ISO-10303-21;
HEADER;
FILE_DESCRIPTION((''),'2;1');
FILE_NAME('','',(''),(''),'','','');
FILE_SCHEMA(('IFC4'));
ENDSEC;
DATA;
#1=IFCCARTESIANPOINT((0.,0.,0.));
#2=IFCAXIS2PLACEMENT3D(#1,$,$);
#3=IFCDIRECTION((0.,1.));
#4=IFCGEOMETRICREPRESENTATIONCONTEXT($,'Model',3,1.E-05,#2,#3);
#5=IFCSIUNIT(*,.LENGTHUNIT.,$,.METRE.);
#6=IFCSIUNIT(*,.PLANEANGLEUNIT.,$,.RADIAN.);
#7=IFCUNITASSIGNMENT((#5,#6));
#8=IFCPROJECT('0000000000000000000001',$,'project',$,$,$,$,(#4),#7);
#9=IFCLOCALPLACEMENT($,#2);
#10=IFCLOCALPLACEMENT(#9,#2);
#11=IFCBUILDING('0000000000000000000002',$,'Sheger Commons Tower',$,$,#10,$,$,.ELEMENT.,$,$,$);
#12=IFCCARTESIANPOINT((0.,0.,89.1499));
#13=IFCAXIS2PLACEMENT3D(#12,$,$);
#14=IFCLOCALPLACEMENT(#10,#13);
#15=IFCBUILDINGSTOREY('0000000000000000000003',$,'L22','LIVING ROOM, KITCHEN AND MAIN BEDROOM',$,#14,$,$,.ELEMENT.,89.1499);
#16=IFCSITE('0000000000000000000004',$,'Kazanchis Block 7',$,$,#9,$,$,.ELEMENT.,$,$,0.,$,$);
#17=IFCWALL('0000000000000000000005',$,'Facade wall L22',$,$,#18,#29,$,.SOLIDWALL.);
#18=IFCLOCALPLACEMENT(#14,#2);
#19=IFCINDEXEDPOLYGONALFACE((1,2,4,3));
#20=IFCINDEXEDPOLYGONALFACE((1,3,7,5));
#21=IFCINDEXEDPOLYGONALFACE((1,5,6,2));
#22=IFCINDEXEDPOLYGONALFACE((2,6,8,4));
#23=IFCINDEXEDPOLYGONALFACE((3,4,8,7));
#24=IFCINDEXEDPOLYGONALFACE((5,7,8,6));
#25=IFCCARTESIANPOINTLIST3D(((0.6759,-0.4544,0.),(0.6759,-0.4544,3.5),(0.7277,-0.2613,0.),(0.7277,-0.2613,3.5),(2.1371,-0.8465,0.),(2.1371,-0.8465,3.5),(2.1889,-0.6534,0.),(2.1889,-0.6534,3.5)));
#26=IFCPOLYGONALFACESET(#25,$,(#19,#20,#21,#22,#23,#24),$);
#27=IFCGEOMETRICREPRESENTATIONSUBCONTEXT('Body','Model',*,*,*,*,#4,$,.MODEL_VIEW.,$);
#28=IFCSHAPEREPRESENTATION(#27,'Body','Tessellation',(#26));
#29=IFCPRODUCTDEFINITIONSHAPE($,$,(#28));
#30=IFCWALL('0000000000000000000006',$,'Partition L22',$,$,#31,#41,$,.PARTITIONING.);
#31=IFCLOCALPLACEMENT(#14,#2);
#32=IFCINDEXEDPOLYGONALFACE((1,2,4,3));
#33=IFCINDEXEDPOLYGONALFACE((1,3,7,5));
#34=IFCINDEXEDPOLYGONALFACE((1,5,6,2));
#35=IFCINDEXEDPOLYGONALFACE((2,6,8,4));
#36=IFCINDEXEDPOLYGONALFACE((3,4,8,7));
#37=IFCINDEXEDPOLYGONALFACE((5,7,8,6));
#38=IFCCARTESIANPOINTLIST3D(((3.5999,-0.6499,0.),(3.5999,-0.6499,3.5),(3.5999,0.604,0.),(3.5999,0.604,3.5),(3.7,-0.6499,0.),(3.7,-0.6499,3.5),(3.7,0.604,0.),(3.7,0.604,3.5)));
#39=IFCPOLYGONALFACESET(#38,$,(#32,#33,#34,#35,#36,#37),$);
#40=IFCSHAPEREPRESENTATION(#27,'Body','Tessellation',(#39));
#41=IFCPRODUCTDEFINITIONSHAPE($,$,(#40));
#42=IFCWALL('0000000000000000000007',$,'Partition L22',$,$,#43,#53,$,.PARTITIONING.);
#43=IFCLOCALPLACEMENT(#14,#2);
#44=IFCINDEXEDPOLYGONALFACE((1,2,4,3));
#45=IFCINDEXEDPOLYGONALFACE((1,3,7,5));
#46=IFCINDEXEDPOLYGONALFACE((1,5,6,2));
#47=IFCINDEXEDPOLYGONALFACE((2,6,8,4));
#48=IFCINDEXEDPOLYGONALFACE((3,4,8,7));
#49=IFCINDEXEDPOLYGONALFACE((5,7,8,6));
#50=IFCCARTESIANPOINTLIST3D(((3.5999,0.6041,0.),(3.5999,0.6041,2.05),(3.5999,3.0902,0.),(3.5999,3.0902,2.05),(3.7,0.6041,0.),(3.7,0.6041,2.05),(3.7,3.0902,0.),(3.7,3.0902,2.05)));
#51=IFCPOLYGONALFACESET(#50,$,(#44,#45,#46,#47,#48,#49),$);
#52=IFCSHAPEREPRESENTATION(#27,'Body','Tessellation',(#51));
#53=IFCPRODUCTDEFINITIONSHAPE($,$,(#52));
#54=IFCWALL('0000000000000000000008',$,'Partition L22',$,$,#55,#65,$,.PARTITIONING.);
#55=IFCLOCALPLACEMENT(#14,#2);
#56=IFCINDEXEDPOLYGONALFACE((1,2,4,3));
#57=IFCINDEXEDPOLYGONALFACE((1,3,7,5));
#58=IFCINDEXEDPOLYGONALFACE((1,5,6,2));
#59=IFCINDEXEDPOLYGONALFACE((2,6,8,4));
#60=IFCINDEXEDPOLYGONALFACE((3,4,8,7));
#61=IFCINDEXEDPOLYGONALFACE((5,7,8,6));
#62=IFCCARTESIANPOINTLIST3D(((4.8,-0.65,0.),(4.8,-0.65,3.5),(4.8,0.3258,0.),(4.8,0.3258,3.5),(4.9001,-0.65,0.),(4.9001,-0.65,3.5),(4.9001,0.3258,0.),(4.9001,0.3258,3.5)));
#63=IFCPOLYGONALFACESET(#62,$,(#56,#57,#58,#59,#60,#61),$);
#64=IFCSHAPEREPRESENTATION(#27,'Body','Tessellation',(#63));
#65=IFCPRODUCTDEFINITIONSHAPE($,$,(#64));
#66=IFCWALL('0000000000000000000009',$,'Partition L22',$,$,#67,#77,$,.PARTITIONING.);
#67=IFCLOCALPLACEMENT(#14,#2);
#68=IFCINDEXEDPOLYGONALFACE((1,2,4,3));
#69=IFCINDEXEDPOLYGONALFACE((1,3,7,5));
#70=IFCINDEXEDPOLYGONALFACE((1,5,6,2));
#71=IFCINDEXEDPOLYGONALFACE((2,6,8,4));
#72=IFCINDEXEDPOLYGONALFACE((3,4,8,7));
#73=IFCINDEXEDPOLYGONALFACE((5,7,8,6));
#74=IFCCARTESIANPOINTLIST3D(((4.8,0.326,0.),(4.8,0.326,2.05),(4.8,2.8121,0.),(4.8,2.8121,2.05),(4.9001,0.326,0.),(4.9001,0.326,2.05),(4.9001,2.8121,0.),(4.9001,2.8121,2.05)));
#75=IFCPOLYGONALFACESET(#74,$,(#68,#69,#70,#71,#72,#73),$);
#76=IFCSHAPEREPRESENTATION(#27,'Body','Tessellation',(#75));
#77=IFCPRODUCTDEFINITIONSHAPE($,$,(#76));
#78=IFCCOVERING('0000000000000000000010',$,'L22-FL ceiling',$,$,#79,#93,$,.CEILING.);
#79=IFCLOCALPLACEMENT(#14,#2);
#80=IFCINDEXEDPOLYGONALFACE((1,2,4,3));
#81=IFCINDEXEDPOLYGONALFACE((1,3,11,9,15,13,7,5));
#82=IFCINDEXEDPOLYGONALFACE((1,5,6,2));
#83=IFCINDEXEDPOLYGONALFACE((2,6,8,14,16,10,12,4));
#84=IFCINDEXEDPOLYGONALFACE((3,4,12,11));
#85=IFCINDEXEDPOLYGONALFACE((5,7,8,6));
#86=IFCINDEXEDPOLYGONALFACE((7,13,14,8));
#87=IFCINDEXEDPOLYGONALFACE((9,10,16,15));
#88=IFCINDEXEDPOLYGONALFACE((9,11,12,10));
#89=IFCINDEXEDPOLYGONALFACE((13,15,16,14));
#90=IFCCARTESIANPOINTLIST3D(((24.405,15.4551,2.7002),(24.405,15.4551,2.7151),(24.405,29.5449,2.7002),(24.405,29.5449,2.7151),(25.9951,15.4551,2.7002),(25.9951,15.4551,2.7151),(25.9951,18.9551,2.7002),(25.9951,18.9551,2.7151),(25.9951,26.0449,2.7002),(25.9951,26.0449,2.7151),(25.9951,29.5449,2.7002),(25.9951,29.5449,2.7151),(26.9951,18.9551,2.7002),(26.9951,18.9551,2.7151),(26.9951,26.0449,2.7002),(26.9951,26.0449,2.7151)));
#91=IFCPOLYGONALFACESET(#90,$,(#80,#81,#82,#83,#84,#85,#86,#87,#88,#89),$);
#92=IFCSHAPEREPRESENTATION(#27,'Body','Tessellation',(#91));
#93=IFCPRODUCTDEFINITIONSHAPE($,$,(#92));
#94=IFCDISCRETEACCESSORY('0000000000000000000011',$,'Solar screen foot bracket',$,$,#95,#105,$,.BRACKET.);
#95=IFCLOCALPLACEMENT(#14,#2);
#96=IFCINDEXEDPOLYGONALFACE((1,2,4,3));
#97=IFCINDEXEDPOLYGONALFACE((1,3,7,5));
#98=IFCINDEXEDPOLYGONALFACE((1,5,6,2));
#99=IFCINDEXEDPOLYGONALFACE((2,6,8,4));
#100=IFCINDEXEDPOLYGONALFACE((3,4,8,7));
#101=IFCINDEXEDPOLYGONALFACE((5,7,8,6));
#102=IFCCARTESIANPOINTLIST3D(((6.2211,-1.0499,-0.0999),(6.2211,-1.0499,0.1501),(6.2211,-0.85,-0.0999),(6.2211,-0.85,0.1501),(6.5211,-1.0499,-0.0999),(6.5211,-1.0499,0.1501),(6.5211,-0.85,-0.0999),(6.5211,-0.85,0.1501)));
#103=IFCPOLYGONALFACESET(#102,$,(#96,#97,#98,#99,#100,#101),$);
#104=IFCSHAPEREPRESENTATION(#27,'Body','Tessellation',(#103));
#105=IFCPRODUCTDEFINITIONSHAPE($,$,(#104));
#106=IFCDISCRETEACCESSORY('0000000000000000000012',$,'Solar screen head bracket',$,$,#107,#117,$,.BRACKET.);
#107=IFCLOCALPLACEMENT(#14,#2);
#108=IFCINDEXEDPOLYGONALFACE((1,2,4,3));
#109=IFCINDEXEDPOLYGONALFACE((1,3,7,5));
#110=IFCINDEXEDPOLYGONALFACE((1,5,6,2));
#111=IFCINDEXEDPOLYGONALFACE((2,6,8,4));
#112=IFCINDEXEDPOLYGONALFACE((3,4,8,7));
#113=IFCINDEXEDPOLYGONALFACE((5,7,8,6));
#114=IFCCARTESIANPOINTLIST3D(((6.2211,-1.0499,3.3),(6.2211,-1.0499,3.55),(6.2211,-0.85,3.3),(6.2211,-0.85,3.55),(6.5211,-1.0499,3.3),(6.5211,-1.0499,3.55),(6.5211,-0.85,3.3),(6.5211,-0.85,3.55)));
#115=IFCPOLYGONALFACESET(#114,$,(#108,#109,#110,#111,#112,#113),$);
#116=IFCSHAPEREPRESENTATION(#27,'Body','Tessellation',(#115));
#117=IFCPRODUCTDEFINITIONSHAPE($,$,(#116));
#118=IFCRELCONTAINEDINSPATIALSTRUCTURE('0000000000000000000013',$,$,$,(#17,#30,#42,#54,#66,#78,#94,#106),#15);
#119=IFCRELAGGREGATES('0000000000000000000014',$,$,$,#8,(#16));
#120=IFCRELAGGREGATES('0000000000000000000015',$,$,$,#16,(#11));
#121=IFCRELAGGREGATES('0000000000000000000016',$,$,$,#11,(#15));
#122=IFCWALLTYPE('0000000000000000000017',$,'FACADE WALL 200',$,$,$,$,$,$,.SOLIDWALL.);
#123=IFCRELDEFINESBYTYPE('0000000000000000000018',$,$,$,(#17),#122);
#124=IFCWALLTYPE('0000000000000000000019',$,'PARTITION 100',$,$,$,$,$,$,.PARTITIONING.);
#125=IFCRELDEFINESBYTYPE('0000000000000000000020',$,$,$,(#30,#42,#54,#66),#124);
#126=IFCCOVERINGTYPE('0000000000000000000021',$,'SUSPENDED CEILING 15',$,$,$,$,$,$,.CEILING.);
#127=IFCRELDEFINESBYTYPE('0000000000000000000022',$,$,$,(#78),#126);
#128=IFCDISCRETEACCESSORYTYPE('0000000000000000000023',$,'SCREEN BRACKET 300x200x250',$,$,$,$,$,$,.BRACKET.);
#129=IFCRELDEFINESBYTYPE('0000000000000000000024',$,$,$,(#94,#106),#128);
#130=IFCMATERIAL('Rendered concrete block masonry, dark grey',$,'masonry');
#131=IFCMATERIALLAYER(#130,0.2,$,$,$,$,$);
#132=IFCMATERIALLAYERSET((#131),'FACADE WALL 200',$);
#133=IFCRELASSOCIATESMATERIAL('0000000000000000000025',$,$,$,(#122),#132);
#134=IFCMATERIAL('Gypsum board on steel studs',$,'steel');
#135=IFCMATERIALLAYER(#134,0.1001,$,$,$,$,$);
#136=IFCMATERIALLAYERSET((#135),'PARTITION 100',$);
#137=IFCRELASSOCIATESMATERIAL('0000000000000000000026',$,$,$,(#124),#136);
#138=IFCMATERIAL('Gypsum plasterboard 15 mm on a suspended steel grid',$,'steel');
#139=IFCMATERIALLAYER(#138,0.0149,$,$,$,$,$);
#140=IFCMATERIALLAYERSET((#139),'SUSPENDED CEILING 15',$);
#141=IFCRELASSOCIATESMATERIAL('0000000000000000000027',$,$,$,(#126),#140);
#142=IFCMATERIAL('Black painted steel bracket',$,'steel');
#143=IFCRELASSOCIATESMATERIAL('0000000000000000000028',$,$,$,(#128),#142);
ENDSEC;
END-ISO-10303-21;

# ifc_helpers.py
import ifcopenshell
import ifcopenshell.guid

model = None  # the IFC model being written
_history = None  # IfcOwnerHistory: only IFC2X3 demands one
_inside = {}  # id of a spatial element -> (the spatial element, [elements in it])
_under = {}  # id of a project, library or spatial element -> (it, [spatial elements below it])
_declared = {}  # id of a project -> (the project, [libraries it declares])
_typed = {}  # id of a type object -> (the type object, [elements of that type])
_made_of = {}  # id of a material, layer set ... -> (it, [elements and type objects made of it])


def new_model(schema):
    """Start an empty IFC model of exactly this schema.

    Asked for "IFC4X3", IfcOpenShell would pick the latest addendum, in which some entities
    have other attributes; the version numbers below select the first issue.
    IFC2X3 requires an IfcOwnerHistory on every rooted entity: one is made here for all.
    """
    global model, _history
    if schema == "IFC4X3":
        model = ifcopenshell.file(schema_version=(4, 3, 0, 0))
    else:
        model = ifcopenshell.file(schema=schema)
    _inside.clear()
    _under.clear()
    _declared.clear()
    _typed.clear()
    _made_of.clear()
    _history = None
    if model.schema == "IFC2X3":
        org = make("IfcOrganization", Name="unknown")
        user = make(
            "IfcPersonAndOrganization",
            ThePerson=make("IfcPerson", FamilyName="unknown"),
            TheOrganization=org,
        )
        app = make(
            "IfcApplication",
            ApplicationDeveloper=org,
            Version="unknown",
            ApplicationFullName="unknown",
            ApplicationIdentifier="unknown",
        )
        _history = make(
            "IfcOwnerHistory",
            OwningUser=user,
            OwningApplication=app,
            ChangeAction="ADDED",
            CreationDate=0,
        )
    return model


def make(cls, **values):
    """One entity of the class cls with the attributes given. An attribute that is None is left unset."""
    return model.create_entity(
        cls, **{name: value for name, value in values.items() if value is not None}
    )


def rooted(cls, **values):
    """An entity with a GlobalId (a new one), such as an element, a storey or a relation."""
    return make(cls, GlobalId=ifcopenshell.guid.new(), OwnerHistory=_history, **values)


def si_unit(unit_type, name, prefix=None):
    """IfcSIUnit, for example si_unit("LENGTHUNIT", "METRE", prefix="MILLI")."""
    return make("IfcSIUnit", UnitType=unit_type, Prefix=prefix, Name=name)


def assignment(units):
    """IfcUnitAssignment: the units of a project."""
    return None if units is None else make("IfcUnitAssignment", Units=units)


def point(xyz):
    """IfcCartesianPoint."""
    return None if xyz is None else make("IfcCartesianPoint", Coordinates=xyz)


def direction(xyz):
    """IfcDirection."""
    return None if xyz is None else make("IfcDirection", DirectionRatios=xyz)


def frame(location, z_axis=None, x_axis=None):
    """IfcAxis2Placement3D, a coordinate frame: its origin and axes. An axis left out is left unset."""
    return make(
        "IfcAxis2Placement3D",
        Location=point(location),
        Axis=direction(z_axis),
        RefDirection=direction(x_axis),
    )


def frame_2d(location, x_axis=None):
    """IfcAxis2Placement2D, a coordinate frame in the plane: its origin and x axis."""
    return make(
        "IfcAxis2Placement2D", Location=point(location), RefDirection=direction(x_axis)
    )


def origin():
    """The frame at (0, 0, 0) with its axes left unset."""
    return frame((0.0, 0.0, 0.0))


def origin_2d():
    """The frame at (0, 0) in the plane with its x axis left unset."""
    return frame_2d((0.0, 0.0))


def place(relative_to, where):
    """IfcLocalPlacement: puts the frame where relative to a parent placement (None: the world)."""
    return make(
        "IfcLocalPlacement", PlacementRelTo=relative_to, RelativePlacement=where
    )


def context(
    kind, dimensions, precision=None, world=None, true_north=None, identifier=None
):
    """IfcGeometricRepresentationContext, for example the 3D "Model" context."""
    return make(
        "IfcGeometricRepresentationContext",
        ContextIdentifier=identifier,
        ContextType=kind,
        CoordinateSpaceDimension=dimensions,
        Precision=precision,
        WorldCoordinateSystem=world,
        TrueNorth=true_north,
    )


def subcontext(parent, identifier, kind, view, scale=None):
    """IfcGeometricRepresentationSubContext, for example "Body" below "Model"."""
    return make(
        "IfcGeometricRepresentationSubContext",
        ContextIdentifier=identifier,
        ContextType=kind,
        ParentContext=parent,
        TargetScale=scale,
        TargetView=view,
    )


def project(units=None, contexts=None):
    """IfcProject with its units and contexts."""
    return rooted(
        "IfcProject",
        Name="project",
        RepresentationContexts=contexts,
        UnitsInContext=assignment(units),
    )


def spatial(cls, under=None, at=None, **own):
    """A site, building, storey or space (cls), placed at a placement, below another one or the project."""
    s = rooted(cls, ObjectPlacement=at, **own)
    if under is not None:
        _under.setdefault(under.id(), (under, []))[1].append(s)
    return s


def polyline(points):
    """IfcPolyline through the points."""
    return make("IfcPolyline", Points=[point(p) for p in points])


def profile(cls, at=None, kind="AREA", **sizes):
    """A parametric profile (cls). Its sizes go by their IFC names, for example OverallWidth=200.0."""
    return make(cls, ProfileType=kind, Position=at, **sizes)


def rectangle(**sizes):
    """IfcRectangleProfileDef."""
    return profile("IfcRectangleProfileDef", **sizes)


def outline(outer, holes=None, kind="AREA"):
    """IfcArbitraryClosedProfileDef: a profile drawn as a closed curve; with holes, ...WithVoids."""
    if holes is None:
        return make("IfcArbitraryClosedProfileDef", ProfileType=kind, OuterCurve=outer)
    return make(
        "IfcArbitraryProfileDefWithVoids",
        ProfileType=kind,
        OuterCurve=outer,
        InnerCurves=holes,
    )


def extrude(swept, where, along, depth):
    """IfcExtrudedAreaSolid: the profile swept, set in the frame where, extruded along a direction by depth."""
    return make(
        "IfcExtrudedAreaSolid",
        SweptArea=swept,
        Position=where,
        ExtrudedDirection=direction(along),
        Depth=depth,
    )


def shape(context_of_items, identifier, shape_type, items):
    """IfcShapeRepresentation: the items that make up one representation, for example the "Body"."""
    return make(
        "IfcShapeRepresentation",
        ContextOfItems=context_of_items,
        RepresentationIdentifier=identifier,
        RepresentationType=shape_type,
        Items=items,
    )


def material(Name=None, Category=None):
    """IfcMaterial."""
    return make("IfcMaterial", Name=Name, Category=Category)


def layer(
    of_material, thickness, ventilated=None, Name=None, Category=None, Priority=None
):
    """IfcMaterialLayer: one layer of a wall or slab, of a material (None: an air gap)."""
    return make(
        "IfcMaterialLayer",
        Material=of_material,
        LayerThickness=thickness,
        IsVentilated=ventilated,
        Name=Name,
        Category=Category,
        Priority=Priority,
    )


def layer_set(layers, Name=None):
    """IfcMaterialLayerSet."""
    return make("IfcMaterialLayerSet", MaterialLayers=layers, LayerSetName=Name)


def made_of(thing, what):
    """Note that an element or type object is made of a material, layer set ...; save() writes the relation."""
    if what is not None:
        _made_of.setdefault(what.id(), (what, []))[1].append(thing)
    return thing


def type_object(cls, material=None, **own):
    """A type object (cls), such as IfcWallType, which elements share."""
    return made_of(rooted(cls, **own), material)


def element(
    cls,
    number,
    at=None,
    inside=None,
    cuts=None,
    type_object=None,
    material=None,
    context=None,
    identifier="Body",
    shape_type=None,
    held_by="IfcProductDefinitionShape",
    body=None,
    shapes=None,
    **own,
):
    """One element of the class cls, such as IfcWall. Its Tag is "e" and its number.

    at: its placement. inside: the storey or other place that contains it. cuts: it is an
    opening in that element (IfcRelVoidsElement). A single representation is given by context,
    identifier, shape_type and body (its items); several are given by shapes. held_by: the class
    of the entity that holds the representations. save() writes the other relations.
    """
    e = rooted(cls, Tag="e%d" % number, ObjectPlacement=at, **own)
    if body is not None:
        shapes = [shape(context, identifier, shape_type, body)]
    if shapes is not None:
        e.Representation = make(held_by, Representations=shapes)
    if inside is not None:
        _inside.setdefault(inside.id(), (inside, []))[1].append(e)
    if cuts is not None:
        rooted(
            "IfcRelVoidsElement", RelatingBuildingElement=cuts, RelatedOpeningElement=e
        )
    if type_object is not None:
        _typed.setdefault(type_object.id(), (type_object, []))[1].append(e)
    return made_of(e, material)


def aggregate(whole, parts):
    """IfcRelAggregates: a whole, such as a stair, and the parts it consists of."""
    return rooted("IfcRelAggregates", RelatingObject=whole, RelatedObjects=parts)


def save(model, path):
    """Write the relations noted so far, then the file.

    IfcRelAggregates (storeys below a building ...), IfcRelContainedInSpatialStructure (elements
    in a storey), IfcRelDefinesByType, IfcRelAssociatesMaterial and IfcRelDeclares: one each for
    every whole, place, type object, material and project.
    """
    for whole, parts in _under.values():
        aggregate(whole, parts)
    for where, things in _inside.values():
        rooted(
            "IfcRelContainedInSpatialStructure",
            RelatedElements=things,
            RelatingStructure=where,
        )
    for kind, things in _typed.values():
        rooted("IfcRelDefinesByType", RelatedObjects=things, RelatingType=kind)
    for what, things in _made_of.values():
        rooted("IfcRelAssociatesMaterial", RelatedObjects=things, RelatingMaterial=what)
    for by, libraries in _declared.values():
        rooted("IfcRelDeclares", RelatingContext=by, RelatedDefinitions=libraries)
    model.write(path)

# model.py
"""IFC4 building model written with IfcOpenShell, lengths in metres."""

from ifc_helpers import new_model, si_unit, direction, frame, frame_2d, origin, origin_2d, place, context, subcontext, project, spatial, polyline, rectangle, outline, extrude, material, layer, layer_set, type_object, element, save


model = new_model("IFC4")

# Units and contexts
model_context = context("Model", 3, precision=1e-05, world=origin(), true_north=direction((0.0, 1.0)))
body_context = subcontext(model_context, "Body", "Model", "MODEL_VIEW")
ifc_project = project(units=[si_unit("LENGTHUNIT", "METRE"), si_unit("PLANEANGLEUNIT", "RADIAN")], contexts=[model_context])

# Site, building, storey
site_placement = place(None, origin())
site = spatial("IfcSite", under=ifc_project, at=site_placement, Name="Kazanchis Block 7", CompositionType="ELEMENT", RefElevation=0.0)
building_placement = place(site_placement, origin())
building = spatial("IfcBuilding", under=site, at=building_placement, Name="Sheger Commons Tower", CompositionType="ELEMENT")
storey_placement = place(building_placement, frame((0.0, 0.0, 89.1499)))
storey = spatial("IfcBuildingStorey", under=building, at=storey_placement, Name="L22", Description="LIVING ROOM, KITCHEN AND MAIN BEDROOM", CompositionType="ELEMENT", Elevation=89.1499)

# Shared definitions
ifc_material_1 = material(Name="Rendered concrete block masonry, dark grey", Category="masonry")
ifc_layer_1 = layer(ifc_material_1, 0.2)
ifc_layer_set_1 = layer_set([ifc_layer_1], Name="FACADE WALL 200")
wall_type_1 = type_object("IfcWallType", Name="FACADE WALL 200", PredefinedType="SOLIDWALL", material=ifc_layer_set_1)

# Walls
wall_1_placement = place(storey_placement, frame((0.7019, -0.3579, 0.0), z_axis=(0.0, 0.0, 1.0), x_axis=(0.965832, -0.259169, 0.0)))
element("IfcWall", 1, at=wall_1_placement, inside=storey, type_object=wall_type_1, Name="Facade wall L22", PredefinedType="SOLIDWALL", context=body_context, shape_type="SweptSolid", body=[
    extrude(rectangle(XDim=1.5129, YDim=0.2, at=frame_2d((0.7563, 0.0))), origin(), (0.0, 0.0, 1.0), 3.5),
])
ifc_material_2 = material(Name="Gypsum board on steel studs", Category="steel")
ifc_layer_2 = layer(ifc_material_2, 0.1001)
ifc_layer_set_2 = layer_set([ifc_layer_2], Name="PARTITION 100")
wall_type_2 = type_object("IfcWallType", Name="PARTITION 100", PredefinedType="PARTITIONING", material=ifc_layer_set_2)
wall_2_placement = place(storey_placement, frame((3.6499, -0.6499, 0.0), z_axis=(0.0, 0.0, 1.0), x_axis=(0.0, 1.0, 0.0)))
element("IfcWall", 2, at=wall_2_placement, inside=storey, type_object=wall_type_2, Name="Partition L22", PredefinedType="PARTITIONING", context=body_context, shape_type="SweptSolid", body=[
    extrude(rectangle(XDim=1.2539, YDim=0.1001, at=frame_2d((0.627, 0.0))), origin(), (0.0, 0.0, 1.0), 3.5),
])
wall_3_placement = place(storey_placement, frame((3.6499, 0.604, 0.0), z_axis=(0.0, 0.0, 1.0), x_axis=(0.0, 1.0, 0.0)))
element("IfcWall", 3, at=wall_3_placement, inside=storey, type_object=wall_type_2, Name="Partition L22", PredefinedType="PARTITIONING", context=body_context, shape_type="SweptSolid", body=[
    extrude(rectangle(XDim=2.4861, YDim=0.1001, at=frame_2d((1.2432, 0.0))), origin(), (0.0, 0.0, 1.0), 2.05),
])
wall_4_placement = place(storey_placement, frame((4.8501, -0.6499, 0.0), z_axis=(0.0, 0.0, 1.0), x_axis=(0.0, 1.0, 0.0)))
element("IfcWall", 4, at=wall_4_placement, inside=storey, type_object=wall_type_2, Name="Partition L22", PredefinedType="PARTITIONING", context=body_context, shape_type="SweptSolid", body=[
    extrude(rectangle(XDim=0.9758, YDim=0.1001, at=frame_2d((0.4878, 0.0))), origin(), (0.0, 0.0, 1.0), 3.5),
])
wall_5_placement = place(storey_placement, frame((4.8501, 0.3259, 0.0), z_axis=(0.0, 0.0, 1.0), x_axis=(0.0, 1.0, 0.0)))
element("IfcWall", 5, at=wall_5_placement, inside=storey, type_object=wall_type_2, Name="Partition L22", PredefinedType="PARTITIONING", context=body_context, shape_type="SweptSolid", body=[
    extrude(rectangle(XDim=2.4861, YDim=0.1001, at=frame_2d((1.2432, 0.0))), origin(), (0.0, 0.0, 1.0), 2.05),
])

# Covering
ifc_material_3 = material(Name="Gypsum plasterboard 15 mm on a suspended steel grid", Category="steel")
ifc_layer_3 = layer(ifc_material_3, 0.0149)
ifc_layer_set_3 = layer_set([ifc_layer_3], Name="SUSPENDED CEILING 15")
covering_type = type_object("IfcCoveringType", Name="SUSPENDED CEILING 15", PredefinedType="CEILING", material=ifc_layer_set_3)
covering_placement = place(storey_placement, frame((0.0, 0.0, 2.7002)))
element("IfcCovering", 6, at=covering_placement, inside=storey, type_object=covering_type, Name="L22-FL ceiling", PredefinedType="CEILING", context=body_context, shape_type="SweptSolid", body=[
    extrude(outline(polyline([(24.405, 15.4551), (25.9951, 15.4551), (25.9951, 18.9551), (26.9951, 18.9551), (26.9951, 26.0449), (25.9951, 26.0449), (25.9951, 29.5449), (24.405, 29.5449), (24.405, 15.4551)])), origin(), (0.0, 0.0, 1.0), 0.0149),
])

# Discrete accessories
ifc_material_4 = material(Name="Black painted steel bracket", Category="steel")
discrete_accessory_type = type_object("IfcDiscreteAccessoryType", Name="SCREEN BRACKET 300x200x250", PredefinedType="BRACKET", material=ifc_material_4)
for number, where, z_axis, x_axis, name in (
    (7, (6.3711, -0.95, -0.0999), (0.0, 0.0, 1.0), (1.0, 0.0, 0.0), "Solar screen foot bracket"),
    (8, (6.3711, -0.95, 3.3), (0.0, 0.0, 1.0), (1.0, 0.0, 0.0), "Solar screen head bracket"),
):
    element("IfcDiscreteAccessory", number, at=place(storey_placement, frame(where, z_axis=z_axis, x_axis=x_axis)), inside=storey, type_object=discrete_accessory_type, Name=name, PredefinedType="BRACKET", context=body_context, shape_type="SweptSolid", body=[
        extrude(rectangle(XDim=0.3, YDim=0.2, at=origin_2d()), origin(), (0.0, 0.0, 1.0), 0.25),
    ])

save(model, "model.ifc")
